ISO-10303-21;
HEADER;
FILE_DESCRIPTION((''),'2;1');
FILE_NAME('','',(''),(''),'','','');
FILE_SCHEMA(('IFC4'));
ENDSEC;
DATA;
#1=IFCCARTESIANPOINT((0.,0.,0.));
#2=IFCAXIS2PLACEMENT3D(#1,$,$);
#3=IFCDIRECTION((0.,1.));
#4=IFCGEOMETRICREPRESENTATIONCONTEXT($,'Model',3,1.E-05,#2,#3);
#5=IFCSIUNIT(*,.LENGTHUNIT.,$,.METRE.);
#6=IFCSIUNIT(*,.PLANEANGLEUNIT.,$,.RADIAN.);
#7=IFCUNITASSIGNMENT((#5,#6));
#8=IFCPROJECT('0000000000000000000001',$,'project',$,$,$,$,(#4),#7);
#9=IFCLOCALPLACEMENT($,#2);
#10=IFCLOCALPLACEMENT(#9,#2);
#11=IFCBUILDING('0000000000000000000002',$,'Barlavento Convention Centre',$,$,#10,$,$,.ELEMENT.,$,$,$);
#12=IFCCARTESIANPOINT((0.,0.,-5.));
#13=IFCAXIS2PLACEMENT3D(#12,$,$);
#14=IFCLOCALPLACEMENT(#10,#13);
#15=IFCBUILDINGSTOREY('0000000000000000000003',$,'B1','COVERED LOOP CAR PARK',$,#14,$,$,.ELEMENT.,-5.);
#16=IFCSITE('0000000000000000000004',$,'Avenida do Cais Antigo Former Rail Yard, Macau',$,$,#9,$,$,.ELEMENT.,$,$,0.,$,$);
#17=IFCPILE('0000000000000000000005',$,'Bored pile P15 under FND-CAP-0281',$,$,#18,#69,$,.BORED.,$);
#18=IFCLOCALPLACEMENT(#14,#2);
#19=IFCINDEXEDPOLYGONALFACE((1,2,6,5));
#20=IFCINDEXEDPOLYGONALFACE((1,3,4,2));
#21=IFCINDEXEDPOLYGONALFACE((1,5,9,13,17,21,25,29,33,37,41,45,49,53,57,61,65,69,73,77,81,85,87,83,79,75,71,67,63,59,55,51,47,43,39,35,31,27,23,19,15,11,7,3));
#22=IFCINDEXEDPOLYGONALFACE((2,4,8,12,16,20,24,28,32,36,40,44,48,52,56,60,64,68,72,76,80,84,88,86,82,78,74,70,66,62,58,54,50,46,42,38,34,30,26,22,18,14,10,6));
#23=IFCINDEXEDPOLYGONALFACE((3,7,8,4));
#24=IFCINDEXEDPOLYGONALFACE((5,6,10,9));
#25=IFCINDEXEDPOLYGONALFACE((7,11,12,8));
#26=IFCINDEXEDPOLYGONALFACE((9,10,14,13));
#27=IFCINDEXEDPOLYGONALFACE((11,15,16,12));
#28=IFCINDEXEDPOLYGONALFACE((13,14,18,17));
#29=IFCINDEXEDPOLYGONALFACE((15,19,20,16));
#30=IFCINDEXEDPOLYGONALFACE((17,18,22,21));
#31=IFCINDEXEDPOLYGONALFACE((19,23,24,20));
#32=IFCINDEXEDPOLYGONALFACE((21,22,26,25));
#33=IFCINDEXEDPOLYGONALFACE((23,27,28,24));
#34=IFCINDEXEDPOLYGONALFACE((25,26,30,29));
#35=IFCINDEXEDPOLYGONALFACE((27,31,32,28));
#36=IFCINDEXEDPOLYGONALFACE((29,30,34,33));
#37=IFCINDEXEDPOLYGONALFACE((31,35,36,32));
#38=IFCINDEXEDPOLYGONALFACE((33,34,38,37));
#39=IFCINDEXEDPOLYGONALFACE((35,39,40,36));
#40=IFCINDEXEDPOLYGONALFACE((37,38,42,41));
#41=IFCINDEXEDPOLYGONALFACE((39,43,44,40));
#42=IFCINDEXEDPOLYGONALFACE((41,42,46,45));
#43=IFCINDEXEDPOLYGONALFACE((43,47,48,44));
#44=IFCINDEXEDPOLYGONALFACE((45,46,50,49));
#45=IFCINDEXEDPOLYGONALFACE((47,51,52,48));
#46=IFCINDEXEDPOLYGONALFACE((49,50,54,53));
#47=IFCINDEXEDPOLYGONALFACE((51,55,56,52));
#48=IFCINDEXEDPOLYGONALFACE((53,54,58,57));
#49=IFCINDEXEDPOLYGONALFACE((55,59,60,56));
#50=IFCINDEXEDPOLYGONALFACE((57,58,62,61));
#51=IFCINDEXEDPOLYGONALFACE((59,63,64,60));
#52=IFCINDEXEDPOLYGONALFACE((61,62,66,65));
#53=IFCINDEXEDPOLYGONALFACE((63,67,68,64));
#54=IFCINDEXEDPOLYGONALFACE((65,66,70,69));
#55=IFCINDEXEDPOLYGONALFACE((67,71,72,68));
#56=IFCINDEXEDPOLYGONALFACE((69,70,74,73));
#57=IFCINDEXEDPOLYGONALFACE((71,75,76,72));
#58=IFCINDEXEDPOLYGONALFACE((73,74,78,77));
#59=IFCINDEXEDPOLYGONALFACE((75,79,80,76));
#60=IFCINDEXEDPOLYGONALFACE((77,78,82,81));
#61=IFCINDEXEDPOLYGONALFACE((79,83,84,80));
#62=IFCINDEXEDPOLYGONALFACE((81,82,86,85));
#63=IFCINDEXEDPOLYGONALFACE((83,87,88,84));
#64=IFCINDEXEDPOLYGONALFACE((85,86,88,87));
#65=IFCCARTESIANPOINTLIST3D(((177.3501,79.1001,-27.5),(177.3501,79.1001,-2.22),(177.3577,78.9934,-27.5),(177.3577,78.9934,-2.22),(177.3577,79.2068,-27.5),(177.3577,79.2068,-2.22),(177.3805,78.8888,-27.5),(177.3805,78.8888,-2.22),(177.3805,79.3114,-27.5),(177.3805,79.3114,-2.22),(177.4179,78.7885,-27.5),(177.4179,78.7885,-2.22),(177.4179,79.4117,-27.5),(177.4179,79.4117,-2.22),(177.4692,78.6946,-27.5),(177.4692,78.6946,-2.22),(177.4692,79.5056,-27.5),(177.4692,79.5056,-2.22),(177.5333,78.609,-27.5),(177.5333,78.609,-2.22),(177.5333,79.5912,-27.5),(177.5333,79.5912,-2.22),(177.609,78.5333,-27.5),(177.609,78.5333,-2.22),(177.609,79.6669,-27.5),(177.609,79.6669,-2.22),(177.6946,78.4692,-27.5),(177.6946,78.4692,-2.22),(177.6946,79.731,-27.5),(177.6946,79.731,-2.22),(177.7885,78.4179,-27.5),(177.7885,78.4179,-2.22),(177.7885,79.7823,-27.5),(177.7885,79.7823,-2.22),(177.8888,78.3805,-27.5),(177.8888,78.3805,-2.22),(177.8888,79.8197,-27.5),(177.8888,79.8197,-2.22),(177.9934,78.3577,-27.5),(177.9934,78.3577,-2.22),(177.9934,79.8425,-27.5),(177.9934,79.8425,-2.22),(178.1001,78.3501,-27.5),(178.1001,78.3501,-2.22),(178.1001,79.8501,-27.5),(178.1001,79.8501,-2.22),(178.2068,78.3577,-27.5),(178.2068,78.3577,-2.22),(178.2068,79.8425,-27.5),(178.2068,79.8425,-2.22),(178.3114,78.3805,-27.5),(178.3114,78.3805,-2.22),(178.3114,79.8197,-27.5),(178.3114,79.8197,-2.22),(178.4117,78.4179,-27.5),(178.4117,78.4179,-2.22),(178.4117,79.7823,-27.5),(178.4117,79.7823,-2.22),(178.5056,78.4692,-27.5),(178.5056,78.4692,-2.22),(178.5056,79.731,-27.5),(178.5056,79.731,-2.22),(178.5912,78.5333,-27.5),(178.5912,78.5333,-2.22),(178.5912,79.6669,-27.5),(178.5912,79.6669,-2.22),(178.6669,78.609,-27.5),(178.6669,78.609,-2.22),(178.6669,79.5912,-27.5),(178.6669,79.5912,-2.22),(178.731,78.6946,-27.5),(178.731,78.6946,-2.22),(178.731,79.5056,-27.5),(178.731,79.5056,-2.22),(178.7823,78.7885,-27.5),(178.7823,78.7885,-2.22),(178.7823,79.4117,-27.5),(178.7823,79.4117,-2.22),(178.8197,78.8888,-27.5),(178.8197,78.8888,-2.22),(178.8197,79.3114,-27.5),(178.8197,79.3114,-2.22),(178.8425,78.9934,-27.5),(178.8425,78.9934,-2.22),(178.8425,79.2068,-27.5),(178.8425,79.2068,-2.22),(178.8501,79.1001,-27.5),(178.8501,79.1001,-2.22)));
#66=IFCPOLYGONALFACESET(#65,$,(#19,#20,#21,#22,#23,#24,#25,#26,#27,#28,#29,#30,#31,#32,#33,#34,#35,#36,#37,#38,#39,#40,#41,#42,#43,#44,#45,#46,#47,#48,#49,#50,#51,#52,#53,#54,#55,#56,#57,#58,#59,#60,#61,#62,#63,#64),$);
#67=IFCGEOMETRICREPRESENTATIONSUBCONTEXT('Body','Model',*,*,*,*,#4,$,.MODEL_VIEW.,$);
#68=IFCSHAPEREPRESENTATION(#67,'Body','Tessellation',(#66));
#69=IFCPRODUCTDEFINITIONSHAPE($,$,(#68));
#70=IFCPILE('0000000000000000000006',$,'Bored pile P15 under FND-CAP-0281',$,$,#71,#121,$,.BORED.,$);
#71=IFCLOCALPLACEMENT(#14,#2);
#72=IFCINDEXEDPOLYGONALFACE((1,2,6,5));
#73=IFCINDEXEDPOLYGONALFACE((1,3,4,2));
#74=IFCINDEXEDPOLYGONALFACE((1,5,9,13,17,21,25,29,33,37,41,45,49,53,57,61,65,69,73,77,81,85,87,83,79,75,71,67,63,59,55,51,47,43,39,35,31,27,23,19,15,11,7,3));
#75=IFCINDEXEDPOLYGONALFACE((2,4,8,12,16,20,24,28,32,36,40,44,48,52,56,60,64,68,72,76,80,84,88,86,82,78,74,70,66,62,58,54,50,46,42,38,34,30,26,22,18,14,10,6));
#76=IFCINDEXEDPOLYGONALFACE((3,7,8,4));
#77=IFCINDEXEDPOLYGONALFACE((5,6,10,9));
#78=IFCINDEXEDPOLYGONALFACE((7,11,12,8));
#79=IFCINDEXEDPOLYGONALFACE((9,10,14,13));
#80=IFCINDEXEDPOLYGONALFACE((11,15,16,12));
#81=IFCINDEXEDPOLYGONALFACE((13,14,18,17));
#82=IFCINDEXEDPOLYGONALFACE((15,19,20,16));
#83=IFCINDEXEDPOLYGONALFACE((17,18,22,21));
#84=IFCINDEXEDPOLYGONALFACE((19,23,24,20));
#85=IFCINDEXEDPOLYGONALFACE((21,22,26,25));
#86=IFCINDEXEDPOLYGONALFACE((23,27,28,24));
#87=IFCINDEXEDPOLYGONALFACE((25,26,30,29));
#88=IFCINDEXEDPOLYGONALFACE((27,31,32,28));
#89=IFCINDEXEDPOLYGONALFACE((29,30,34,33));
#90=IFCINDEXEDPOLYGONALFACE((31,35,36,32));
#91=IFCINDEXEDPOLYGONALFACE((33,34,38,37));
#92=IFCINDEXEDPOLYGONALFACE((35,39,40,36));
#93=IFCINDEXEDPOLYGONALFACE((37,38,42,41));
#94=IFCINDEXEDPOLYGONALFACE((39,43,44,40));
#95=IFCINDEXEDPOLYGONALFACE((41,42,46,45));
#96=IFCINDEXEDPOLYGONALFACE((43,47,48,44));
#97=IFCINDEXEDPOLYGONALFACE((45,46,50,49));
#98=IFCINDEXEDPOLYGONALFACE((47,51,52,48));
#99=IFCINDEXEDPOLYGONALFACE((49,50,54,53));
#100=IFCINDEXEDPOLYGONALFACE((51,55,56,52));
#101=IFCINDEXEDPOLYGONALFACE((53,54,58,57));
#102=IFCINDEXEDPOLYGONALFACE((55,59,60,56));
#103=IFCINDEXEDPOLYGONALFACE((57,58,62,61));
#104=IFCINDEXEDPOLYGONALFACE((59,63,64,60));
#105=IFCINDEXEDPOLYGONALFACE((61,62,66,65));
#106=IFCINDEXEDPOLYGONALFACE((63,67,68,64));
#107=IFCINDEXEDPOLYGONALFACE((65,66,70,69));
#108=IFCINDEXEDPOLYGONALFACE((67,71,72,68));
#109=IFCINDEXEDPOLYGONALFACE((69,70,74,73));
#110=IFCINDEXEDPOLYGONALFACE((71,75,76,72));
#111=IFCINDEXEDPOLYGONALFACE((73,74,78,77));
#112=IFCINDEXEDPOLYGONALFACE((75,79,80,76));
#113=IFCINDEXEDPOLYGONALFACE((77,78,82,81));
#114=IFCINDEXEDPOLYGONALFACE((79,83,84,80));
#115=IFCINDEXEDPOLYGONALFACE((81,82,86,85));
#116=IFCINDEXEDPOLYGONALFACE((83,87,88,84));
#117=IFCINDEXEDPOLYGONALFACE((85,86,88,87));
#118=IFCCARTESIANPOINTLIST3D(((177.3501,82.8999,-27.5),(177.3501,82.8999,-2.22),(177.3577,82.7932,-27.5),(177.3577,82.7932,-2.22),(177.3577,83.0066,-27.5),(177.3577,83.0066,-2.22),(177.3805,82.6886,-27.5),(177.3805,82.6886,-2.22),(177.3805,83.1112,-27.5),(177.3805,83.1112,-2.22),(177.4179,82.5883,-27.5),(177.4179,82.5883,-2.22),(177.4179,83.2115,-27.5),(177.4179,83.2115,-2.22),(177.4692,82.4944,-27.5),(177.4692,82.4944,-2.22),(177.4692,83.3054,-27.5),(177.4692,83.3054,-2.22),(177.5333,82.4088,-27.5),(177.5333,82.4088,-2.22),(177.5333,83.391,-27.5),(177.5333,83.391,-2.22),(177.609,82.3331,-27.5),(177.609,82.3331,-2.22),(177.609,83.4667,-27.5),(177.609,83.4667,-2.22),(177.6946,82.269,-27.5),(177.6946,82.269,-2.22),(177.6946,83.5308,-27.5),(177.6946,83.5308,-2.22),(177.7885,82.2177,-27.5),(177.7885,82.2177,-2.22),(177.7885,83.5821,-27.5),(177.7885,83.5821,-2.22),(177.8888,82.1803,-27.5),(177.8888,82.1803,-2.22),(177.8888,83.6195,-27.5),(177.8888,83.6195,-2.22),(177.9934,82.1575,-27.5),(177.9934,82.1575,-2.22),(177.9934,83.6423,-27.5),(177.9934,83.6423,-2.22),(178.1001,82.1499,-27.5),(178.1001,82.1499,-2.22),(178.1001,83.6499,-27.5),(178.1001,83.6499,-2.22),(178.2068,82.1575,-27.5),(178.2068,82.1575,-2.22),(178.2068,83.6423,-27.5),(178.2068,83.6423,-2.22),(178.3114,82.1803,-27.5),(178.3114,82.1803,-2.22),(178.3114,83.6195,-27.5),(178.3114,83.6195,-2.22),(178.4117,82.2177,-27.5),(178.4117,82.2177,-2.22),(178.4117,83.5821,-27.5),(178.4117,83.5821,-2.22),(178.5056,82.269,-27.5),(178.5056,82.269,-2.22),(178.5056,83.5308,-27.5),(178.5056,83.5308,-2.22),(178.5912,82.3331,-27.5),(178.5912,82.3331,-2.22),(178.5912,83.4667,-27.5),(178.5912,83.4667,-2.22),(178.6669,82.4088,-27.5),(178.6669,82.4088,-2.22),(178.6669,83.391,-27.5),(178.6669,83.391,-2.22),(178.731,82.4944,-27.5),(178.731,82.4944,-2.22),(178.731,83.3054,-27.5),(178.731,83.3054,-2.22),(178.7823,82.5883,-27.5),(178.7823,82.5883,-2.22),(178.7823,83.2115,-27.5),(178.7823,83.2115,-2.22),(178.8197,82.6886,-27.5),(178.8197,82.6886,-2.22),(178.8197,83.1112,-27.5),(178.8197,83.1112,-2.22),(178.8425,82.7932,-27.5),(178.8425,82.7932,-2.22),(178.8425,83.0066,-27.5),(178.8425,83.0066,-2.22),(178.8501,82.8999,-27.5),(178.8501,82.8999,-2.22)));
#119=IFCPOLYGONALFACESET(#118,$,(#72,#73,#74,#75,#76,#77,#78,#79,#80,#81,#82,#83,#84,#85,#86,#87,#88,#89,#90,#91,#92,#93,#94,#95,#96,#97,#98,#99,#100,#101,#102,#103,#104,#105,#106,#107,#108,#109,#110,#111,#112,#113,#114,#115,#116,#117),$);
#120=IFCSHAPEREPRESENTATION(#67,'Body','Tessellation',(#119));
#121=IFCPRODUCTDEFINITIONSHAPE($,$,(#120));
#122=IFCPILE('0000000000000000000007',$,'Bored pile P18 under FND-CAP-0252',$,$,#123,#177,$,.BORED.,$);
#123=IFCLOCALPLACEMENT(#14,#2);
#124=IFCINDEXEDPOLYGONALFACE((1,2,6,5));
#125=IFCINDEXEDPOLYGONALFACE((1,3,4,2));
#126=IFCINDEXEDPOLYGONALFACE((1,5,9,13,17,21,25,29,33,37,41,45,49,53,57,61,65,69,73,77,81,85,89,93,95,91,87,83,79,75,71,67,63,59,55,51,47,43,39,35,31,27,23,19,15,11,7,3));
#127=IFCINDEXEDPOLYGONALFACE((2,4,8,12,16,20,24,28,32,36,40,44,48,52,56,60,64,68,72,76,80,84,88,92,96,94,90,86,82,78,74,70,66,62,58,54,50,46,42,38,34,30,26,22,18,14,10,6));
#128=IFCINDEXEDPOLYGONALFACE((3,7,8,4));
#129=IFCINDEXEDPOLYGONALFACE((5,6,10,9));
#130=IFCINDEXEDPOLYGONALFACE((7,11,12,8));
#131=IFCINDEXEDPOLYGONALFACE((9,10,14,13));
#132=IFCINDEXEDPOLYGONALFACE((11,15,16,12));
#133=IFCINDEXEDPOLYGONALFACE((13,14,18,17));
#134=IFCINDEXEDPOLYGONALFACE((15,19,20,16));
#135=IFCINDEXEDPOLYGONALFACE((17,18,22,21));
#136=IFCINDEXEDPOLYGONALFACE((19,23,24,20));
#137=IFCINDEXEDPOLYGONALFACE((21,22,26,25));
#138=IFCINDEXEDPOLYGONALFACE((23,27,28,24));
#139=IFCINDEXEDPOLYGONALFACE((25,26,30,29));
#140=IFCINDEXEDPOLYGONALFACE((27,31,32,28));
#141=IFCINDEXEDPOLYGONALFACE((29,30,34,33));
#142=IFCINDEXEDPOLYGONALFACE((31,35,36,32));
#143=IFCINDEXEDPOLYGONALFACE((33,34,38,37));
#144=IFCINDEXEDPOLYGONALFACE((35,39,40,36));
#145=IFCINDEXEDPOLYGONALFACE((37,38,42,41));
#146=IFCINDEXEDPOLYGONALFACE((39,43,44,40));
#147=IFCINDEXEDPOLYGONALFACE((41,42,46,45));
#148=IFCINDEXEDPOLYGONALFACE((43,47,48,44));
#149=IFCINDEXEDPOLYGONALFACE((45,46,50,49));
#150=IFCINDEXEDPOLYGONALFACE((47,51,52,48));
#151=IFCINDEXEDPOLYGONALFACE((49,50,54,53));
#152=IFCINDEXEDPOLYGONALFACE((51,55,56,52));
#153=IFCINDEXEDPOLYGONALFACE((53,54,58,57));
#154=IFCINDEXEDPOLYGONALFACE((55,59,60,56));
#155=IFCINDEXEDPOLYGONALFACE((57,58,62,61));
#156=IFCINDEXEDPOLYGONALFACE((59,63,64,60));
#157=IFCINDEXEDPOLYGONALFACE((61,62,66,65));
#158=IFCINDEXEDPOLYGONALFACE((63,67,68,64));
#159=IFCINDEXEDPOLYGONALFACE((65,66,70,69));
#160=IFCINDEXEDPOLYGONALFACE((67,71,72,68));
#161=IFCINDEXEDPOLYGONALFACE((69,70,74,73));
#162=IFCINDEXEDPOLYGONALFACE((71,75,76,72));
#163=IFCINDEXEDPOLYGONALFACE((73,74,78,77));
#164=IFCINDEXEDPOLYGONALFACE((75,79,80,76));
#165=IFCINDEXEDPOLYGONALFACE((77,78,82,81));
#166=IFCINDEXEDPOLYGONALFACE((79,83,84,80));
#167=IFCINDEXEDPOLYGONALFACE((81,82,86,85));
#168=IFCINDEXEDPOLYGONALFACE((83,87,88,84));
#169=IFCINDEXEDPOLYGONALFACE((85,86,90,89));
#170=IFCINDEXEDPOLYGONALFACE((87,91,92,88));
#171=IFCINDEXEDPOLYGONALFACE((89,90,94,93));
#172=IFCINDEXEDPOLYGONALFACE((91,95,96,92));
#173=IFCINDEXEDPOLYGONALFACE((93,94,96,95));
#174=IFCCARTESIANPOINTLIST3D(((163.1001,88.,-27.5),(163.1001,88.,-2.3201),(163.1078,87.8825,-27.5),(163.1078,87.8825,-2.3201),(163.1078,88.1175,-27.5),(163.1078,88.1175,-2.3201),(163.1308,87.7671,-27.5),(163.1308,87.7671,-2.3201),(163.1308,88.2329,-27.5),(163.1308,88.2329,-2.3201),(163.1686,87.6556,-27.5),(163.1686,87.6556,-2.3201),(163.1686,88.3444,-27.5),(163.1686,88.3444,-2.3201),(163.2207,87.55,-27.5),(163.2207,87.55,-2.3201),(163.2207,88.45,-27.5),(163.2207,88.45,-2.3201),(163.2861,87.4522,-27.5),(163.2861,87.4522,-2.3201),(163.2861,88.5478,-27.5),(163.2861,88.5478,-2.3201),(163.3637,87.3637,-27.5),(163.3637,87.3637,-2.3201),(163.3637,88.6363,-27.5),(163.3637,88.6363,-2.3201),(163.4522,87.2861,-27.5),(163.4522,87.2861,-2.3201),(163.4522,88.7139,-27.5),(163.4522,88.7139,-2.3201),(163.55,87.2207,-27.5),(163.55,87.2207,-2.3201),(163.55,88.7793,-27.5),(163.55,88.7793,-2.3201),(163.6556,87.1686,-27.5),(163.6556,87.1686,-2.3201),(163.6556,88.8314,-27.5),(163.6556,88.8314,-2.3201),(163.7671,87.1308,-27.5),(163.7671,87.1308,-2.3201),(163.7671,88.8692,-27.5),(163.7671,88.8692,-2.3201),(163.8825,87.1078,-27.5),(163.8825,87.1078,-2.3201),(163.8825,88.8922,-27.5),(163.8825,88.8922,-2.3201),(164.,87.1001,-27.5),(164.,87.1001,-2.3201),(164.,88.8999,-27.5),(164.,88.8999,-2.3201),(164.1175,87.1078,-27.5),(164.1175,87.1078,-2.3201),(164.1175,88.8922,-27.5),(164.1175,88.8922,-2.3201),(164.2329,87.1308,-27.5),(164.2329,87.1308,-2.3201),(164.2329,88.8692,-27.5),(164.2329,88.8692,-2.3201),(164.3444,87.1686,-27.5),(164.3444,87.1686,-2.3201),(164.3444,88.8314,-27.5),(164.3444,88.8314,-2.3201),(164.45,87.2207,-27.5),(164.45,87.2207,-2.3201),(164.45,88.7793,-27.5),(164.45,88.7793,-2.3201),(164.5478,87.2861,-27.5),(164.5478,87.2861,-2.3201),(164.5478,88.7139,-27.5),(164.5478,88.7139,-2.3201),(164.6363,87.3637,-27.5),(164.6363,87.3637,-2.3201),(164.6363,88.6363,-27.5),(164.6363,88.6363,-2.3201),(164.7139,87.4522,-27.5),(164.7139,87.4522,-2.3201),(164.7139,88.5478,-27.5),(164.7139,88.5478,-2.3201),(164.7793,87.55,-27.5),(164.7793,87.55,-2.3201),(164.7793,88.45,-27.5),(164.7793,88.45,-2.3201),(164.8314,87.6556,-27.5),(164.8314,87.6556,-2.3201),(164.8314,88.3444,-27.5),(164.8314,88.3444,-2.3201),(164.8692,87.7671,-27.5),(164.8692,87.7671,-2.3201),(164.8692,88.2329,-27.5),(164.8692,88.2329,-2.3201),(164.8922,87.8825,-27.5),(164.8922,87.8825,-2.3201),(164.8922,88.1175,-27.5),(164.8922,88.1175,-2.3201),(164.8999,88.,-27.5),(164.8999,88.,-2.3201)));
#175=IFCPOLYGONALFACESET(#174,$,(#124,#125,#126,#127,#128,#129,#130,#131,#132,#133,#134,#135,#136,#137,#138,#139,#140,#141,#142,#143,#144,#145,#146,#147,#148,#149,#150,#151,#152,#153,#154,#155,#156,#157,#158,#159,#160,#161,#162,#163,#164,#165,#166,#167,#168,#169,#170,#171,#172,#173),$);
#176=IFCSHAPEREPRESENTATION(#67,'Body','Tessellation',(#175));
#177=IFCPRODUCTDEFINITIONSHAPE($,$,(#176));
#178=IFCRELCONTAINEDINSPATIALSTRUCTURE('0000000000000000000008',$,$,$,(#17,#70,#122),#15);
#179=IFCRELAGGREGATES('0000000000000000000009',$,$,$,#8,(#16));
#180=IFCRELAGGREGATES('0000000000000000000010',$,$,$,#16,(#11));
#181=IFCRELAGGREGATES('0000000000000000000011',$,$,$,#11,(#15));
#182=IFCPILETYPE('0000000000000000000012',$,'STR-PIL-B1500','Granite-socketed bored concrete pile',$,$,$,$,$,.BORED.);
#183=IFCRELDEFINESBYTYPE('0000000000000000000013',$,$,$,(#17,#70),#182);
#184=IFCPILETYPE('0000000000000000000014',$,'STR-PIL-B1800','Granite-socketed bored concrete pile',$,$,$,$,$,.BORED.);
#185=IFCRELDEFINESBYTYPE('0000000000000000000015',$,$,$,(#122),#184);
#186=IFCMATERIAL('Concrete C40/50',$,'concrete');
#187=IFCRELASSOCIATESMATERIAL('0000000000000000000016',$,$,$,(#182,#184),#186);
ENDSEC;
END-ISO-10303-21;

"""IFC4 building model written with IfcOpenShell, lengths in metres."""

from ifc_helpers import new_model, si_unit, direction, frame, origin, origin_2d, place, context, subcontext, project, spatial, circle, extrude, material, material_profile, profile_set, type_object, element, save


model = new_model("IFC4")

# Units and contexts
model_context = context("Model", 3, precision=1e-05, world=origin(), true_north=direction((0.0, 1.0)))
body_context = subcontext(model_context, "Body", "Model", "MODEL_VIEW")
ifc_project = project(units=[si_unit("LENGTHUNIT", "METRE"), si_unit("PLANEANGLEUNIT", "RADIAN")], contexts=[model_context])

# Site, building, storey
site_placement = place(None, origin())
site = spatial("IfcSite", under=ifc_project, at=site_placement, Name="Avenida do Cais Antigo Former Rail Yard, Macau", CompositionType="ELEMENT", RefElevation=0.0)
building_placement = place(site_placement, origin())
building = spatial("IfcBuilding", under=site, at=building_placement, Name="Barlavento Convention Centre", CompositionType="ELEMENT")
storey_placement = place(building_placement, frame((0.0, 0.0, -5.0)))
storey = spatial("IfcBuildingStorey", under=building, at=storey_placement, Name="B1", Description="COVERED LOOP CAR PARK", CompositionType="ELEMENT", Elevation=-5.0)

# Shared definitions
ifc_material_1 = material(Name="Concrete C40/50", Category="concrete")

# Piles
ifc_material_profile_1 = material_profile(ifc_material_1, circle(Radius=0.75, at=origin_2d()), Name="BORED PILE 1500")
ifc_profile_set_1 = profile_set([ifc_material_profile_1], Name="Concrete C40/50")
pile_type_1 = type_object("IfcPileType", Name="STR-PIL-B1500", Description="Granite-socketed bored concrete pile", PredefinedType="BORED", material=ifc_profile_set_1)
for number, where, z_axis, x_axis, name in (
    (1, (178.1001, 79.1001, -2.22), (0.0, 0.0, -1.0), (1.0, 0.0, 0.0), "Bored pile P15 under FND-CAP-0281"),
    (2, (178.1001, 82.8999, -2.22), (0.0, 0.0, -1.0), (1.0, 0.0, 0.0), "Bored pile P15 under FND-CAP-0281"),
):
    element("IfcPile", number, at=place(storey_placement, frame(where, z_axis=z_axis, x_axis=x_axis)), inside=storey, type_object=pile_type_1, Name=name, PredefinedType="BORED", context=body_context, shape_type="SweptSolid", body=[
        extrude(circle(Radius=0.75, at=origin_2d()), origin(), (0.0, 0.0, 1.0), 25.28),
    ])
ifc_material_profile_2 = material_profile(ifc_material_1, circle(Radius=0.8999, at=origin_2d()), Name="BORED PILE 1800")
ifc_profile_set_2 = profile_set([ifc_material_profile_2], Name="Concrete C40/50")
pile_type_2 = type_object("IfcPileType", Name="STR-PIL-B1800", Description="Granite-socketed bored concrete pile", PredefinedType="BORED", material=ifc_profile_set_2)
for number, where, z_axis, x_axis, name in (
    (3, (164.0, 88.0, -2.3201), (0.0, 0.0, -1.0), (1.0, 0.0, 0.0), "Bored pile P18 under FND-CAP-0252"),
):
    element("IfcPile", number, at=place(storey_placement, frame(where, z_axis=z_axis, x_axis=x_axis)), inside=storey, type_object=pile_type_2, Name=name, PredefinedType="BORED", context=body_context, shape_type="SweptSolid", body=[
        extrude(circle(Radius=0.8999, at=origin_2d()), origin(), (0.0, 0.0, 1.0), 25.1799),
    ])

save(model, "model.ifc")
